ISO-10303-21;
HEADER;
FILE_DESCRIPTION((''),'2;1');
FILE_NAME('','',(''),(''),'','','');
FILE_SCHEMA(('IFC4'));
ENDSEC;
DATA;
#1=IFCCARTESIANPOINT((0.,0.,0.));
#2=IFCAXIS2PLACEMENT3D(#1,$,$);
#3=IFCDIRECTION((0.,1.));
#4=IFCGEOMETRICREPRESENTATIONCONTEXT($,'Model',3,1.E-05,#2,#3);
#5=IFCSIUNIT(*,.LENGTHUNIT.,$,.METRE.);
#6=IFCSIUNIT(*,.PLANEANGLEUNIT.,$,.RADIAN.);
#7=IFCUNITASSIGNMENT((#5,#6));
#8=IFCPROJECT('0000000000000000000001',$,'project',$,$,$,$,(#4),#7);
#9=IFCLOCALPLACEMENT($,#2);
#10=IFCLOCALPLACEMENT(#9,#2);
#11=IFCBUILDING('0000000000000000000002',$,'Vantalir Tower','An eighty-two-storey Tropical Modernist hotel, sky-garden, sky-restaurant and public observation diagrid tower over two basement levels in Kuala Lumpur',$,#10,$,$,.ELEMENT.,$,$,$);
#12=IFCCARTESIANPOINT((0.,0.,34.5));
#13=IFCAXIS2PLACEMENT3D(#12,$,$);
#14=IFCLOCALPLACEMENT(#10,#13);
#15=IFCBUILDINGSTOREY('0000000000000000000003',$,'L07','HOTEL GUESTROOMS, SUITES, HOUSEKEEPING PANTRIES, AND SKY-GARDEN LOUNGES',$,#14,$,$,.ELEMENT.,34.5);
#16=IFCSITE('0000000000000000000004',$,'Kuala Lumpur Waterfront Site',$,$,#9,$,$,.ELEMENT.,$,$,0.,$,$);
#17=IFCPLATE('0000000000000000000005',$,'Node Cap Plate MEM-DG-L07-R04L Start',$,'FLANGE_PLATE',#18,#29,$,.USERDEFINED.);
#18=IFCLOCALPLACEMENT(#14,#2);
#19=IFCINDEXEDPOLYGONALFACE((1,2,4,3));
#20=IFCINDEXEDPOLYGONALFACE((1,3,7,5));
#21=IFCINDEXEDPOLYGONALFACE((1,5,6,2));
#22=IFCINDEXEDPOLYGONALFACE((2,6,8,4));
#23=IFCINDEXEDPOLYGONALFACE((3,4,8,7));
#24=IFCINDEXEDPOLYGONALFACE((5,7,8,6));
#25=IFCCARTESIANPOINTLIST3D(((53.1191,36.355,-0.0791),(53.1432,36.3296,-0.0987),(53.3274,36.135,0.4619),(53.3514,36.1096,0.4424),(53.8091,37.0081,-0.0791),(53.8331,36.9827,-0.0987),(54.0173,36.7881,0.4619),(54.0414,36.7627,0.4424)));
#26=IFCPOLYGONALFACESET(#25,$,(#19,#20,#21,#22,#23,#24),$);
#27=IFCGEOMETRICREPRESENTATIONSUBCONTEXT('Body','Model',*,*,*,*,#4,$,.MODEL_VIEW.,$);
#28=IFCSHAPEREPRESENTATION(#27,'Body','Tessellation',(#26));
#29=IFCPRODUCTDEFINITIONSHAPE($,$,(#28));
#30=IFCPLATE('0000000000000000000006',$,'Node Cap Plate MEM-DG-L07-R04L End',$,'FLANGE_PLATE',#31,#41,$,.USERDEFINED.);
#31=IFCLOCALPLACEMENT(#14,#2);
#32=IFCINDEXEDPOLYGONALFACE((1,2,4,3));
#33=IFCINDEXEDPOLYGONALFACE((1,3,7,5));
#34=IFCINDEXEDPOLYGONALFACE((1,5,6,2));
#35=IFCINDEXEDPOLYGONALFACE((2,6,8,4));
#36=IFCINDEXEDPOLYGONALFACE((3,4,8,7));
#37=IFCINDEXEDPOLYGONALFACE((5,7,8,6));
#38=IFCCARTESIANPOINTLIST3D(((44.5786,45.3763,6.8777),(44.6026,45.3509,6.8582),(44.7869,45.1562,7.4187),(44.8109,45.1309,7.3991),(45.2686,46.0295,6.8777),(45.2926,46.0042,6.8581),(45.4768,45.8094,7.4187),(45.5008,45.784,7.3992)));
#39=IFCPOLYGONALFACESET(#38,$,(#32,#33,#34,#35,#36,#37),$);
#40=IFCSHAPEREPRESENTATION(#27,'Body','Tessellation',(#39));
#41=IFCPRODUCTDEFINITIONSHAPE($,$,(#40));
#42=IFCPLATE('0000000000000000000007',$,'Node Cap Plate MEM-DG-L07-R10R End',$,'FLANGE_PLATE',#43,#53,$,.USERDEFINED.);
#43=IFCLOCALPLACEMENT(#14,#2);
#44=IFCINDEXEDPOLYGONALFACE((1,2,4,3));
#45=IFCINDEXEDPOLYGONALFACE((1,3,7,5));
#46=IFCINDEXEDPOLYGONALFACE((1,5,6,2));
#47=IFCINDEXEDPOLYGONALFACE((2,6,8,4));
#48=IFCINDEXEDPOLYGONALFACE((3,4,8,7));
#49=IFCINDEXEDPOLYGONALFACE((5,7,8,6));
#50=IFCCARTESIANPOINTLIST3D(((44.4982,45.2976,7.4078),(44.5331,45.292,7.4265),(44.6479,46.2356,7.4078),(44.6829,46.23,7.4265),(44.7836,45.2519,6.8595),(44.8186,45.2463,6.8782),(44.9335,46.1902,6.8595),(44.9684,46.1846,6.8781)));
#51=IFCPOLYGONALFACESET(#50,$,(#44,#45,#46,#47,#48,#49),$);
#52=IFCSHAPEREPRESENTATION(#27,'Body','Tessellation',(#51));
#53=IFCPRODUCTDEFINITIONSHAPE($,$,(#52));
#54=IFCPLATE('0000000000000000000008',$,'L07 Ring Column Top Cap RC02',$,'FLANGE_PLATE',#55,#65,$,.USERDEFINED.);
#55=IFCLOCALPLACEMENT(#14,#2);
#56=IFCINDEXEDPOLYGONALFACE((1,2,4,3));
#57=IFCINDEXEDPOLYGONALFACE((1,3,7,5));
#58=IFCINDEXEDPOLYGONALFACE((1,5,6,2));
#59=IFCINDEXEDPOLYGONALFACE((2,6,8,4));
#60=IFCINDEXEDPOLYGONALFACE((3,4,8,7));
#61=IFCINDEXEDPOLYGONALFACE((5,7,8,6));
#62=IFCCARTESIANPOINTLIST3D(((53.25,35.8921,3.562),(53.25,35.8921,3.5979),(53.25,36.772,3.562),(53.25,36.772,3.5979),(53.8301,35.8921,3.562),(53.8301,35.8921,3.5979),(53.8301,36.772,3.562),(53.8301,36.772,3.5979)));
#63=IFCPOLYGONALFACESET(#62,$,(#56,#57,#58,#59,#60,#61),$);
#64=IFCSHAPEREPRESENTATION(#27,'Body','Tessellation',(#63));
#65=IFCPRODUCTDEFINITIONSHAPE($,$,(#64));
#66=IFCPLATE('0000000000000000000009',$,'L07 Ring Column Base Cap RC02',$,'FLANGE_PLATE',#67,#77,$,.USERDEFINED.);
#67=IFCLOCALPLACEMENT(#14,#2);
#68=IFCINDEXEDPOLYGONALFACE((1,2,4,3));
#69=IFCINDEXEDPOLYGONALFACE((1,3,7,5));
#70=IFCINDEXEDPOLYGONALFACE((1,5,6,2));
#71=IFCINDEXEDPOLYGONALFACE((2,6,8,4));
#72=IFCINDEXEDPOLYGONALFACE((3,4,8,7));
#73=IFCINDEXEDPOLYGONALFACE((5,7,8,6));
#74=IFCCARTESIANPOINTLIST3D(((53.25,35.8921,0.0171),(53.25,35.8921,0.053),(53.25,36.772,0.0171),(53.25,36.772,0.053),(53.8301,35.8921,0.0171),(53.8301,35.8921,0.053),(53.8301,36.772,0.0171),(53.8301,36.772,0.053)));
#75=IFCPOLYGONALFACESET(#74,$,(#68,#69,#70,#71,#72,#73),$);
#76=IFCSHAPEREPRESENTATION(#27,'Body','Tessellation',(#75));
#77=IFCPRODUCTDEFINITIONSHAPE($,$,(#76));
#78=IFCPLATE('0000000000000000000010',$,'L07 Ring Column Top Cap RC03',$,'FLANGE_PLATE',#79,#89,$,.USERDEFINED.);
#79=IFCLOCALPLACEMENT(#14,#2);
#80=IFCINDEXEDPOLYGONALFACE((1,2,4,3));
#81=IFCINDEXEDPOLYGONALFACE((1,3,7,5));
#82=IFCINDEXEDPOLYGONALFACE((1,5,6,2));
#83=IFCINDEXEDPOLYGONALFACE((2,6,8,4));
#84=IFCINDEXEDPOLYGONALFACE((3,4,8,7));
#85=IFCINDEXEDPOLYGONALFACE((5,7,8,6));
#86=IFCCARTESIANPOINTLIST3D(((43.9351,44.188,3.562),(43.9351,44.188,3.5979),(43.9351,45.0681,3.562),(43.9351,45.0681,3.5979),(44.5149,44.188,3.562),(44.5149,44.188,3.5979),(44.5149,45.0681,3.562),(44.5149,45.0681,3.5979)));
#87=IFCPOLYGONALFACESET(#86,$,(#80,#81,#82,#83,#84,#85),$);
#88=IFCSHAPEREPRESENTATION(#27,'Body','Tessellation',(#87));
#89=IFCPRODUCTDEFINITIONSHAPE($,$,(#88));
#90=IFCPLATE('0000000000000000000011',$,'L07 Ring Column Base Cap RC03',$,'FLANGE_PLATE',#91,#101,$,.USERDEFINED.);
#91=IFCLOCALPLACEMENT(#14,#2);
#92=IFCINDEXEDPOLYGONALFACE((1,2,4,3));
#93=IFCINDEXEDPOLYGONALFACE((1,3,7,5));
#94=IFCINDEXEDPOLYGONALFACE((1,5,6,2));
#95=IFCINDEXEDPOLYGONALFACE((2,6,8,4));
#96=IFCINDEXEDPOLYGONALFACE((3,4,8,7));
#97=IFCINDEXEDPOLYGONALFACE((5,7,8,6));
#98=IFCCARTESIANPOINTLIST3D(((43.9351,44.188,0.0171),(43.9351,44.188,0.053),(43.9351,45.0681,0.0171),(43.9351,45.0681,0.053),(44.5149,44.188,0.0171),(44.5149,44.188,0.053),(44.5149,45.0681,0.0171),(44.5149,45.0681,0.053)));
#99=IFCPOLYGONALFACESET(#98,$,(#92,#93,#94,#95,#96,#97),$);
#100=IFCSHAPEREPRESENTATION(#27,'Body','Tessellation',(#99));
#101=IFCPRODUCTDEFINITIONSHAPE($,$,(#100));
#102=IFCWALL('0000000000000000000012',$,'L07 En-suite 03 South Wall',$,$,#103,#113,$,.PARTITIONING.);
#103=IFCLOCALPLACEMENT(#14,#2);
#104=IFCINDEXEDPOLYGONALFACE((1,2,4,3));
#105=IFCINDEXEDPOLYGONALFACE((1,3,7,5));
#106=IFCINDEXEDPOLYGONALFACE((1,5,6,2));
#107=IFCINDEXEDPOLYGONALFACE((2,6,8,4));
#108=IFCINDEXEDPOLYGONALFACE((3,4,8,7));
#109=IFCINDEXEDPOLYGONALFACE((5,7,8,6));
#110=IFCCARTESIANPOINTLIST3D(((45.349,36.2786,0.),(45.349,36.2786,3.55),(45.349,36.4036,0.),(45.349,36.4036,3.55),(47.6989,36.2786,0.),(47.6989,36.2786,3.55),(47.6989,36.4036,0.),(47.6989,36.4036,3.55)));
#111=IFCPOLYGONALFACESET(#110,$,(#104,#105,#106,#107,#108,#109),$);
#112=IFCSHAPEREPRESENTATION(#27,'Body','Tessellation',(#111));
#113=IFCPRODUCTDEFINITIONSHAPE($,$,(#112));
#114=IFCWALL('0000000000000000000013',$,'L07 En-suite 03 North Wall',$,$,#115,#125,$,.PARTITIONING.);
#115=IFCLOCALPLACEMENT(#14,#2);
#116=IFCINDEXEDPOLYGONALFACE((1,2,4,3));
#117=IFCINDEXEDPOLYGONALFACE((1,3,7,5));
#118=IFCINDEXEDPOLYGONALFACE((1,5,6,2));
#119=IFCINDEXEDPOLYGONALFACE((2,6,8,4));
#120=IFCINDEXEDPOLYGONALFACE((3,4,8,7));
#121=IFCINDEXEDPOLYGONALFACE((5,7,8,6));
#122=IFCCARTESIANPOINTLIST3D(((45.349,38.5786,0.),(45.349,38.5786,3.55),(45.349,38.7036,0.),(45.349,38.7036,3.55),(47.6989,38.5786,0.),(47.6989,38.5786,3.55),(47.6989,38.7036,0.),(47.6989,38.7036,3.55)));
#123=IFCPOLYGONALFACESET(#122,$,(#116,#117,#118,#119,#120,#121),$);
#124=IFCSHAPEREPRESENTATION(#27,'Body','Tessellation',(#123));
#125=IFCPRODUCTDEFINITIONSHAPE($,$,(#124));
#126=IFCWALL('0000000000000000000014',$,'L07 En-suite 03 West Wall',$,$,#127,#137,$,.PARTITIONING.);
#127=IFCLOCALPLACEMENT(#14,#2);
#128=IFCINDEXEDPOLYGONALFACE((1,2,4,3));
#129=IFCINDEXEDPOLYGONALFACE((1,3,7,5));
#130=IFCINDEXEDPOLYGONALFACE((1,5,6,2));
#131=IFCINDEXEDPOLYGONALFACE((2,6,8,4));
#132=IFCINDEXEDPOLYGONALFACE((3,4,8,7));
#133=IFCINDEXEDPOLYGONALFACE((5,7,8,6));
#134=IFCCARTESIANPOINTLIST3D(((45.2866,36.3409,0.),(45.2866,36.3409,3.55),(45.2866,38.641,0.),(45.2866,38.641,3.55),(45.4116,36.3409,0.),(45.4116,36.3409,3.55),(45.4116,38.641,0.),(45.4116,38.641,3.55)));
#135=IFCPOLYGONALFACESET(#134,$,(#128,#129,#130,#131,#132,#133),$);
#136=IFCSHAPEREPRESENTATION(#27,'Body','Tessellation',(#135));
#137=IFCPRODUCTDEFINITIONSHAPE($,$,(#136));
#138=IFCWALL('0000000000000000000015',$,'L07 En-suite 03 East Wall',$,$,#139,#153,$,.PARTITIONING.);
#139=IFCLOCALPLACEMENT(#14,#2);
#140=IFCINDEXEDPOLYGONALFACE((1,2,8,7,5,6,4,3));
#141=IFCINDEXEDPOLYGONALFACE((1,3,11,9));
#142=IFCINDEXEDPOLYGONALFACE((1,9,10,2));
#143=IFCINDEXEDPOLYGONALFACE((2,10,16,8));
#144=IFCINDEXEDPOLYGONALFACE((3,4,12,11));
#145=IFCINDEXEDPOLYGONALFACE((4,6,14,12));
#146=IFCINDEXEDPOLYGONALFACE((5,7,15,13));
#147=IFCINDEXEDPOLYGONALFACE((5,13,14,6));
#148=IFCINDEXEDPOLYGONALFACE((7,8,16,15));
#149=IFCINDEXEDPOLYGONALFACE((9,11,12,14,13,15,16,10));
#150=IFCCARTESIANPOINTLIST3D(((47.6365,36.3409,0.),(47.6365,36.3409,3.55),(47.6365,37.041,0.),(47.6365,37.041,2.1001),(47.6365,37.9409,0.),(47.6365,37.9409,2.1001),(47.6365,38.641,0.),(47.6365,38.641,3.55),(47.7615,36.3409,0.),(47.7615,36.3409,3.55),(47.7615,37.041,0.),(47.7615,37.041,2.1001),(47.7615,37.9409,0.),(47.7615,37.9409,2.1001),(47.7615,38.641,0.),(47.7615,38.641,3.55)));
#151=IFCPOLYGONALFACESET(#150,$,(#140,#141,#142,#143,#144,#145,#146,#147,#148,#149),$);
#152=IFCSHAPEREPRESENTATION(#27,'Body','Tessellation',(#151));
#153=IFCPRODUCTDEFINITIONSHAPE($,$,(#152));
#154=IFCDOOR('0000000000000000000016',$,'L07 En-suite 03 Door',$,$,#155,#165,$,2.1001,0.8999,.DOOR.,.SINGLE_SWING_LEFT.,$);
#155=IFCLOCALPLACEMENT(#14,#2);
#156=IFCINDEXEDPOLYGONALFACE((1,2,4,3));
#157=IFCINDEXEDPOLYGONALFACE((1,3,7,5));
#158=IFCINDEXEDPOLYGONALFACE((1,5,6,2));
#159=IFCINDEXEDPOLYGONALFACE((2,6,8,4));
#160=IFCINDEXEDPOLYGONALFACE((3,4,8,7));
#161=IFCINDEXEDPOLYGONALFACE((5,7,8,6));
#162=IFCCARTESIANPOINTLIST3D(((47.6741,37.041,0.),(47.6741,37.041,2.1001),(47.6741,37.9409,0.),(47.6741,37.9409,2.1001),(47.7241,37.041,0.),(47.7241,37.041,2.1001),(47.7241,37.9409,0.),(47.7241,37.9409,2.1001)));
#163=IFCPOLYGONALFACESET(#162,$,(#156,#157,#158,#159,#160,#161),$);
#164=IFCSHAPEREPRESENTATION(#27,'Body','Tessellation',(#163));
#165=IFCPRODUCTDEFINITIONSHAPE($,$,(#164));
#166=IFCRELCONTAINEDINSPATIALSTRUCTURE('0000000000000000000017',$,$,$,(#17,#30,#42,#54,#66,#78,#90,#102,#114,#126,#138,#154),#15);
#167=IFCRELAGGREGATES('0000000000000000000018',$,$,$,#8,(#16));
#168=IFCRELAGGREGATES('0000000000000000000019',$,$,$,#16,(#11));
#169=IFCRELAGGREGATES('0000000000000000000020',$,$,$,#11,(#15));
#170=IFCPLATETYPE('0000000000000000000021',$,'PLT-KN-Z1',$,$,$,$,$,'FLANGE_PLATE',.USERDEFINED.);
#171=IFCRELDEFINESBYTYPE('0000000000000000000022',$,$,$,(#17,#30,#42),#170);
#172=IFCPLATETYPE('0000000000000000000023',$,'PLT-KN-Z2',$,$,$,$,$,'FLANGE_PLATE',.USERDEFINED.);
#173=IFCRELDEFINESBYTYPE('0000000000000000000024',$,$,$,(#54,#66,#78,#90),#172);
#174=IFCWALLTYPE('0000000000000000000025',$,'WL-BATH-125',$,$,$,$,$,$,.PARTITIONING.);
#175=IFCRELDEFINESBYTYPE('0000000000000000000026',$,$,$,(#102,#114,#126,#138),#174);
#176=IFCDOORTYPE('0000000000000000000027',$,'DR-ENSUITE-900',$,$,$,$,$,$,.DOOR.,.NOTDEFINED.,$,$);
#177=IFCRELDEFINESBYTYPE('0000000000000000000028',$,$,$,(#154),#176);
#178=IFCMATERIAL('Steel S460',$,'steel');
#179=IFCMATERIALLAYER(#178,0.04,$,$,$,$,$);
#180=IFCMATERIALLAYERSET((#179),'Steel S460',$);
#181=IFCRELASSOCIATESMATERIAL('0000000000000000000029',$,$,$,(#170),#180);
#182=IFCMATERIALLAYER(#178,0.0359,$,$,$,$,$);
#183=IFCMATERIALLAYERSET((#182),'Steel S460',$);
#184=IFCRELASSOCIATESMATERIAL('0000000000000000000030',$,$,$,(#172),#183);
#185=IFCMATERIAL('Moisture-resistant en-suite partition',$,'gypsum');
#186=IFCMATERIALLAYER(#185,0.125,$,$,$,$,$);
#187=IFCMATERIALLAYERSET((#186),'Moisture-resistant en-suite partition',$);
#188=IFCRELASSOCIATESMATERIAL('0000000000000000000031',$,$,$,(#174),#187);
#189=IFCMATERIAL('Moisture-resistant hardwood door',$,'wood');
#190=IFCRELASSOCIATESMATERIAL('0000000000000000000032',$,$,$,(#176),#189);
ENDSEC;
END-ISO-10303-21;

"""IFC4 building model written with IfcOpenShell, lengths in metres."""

from ifc_helpers import new_model, si_unit, direction, frame, frame_2d, origin, place, context, subcontext, project, spatial, polyline, rectangle, outline, extrude, material, layer, layer_set, type_object, element, fill, save


model = new_model("IFC4")

# Units and contexts
model_context = context("Model", 3, precision=1e-05, world=origin(), true_north=direction((0.0, 1.0)))
body_context = subcontext(model_context, "Body", "Model", "MODEL_VIEW")
ifc_project = project(units=[si_unit("LENGTHUNIT", "METRE"), si_unit("PLANEANGLEUNIT", "RADIAN")], contexts=[model_context])

# Site, building, storey
site_placement = place(None, origin())
site = spatial("IfcSite", under=ifc_project, at=site_placement, Name="Kuala Lumpur Waterfront Site", CompositionType="ELEMENT", RefElevation=0.0)
building_placement = place(site_placement, origin())
building = spatial("IfcBuilding", under=site, at=building_placement, Name="Vantalir Tower", Description="An eighty-two-storey Tropical Modernist hotel, sky-garden, sky-restaurant and public observation diagrid tower over two basement levels in Kuala Lumpur", CompositionType="ELEMENT")
storey_placement = place(building_placement, frame((0.0, 0.0, 34.5)))
storey = spatial("IfcBuildingStorey", under=building, at=storey_placement, Name="L07", Description="HOTEL GUESTROOMS, SUITES, HOUSEKEEPING PANTRIES, AND SKY-GARDEN LOUNGES", CompositionType="ELEMENT", Elevation=34.5)

# Shared definitions
ifc_material_1 = material(Name="Steel S460", Category="steel")

# Plates
ifc_layer_1 = layer(ifc_material_1, 0.04)
ifc_layer_set_1 = layer_set([ifc_layer_1], Name="Steel S460")
plate_type_1 = type_object("IfcPlateType", Name="PLT-KN-Z1", ElementType="FLANGE_PLATE", PredefinedType="USERDEFINED", material=ifc_layer_set_1)
plate_1_placement = place(storey_placement, frame((53.8091, 37.0081, -0.0791), z_axis=(-0.59982, 0.633679, 0.488534), x_axis=(-0.726243, -0.687438, 0.0)))
element("IfcPlate", 1, at=plate_1_placement, inside=storey, type_object=plate_type_1, Name="Node Cap Plate MEM-DG-L07-R04L Start", ObjectType="FLANGE_PLATE", PredefinedType="USERDEFINED", context=body_context, shape_type="SweptSolid", body=[
    extrude(outline(polyline([(0.0, 0.0), (0.95, 0.0), (0.95, 0.62), (0.0, 0.62), (0.0, 0.0)])), origin(), (0.0, 0.0, -1.0), 0.04),
])
plate_2_placement = place(storey_placement, frame((45.2686, 46.0295, 6.8777), z_axis=(-0.599838, 0.633579, 0.488643), x_axis=(-0.726164, -0.687522, 0.00004)))
element("IfcPlate", 2, at=plate_2_placement, inside=storey, type_object=plate_type_1, Name="Node Cap Plate MEM-DG-L07-R04L End", ObjectType="FLANGE_PLATE", PredefinedType="USERDEFINED", context=body_context, shape_type="SweptSolid", body=[
    extrude(outline(polyline([(0.0, 0.0), (0.9502, 0.0), (0.9502, 0.62), (0.0002, 0.6201), (0.0, 0.0)])), origin(), (0.0, 0.0, -1.0), 0.04),
])
plate_3_placement = place(storey_placement, frame((44.8186, 45.2463, 6.8782), z_axis=(0.873502, -0.139465, 0.466416), x_axis=(0.157688, 0.987489, -0.000044)))
element("IfcPlate", 3, at=plate_3_placement, inside=storey, type_object=plate_type_1, Name="Node Cap Plate MEM-DG-L07-R10R End", ObjectType="FLANGE_PLATE", PredefinedType="USERDEFINED", context=body_context, shape_type="SweptSolid", body=[
    extrude(outline(polyline([(0.0, 0.0), (0.9501, 0.0), (0.9499, 0.6199), (0.0001, 0.6199), (0.0, 0.0)])), origin(), (0.0, 0.0, -1.0), 0.04),
])
ifc_layer_2 = layer(ifc_material_1, 0.0359)
ifc_layer_set_2 = layer_set([ifc_layer_2], Name="Steel S460")
plate_type_2 = type_object("IfcPlateType", Name="PLT-KN-Z2", ElementType="FLANGE_PLATE", PredefinedType="USERDEFINED", material=ifc_layer_set_2)
for number, where, z_axis, x_axis, name in (
    (4, (53.25, 36.772, 3.5979), (0.0, 0.0, 1.0), (0.0, -1.0, 0.0), "L07 Ring Column Top Cap RC02"),
    (5, (53.25, 36.772, 0.053), (0.0, 0.0, 1.0), (0.0, -1.0, 0.0), "L07 Ring Column Base Cap RC02"),
):
    element("IfcPlate", number, at=place(storey_placement, frame(where, z_axis=z_axis, x_axis=x_axis)), inside=storey, type_object=plate_type_2, Name=name, ObjectType="FLANGE_PLATE", PredefinedType="USERDEFINED", context=body_context, shape_type="SweptSolid", body=[
        extrude(outline(polyline([(0.0, 0.0), (0.8799, 0.0), (0.8799, 0.5801), (0.0, 0.5801), (0.0, 0.0)])), origin(), (0.0, 0.0, -1.0), 0.0359),
    ])
for number, where, z_axis, x_axis, name in (
    (6, (43.9351, 45.0681, 3.5979), (0.0, 0.0, 1.0), (0.0, -1.0, 0.0), "L07 Ring Column Top Cap RC03"),
    (7, (43.9351, 45.0681, 0.053), (0.0, 0.0, 1.0), (0.0, -1.0, 0.0), "L07 Ring Column Base Cap RC03"),
):
    element("IfcPlate", number, at=place(storey_placement, frame(where, z_axis=z_axis, x_axis=x_axis)), inside=storey, type_object=plate_type_2, Name=name, ObjectType="FLANGE_PLATE", PredefinedType="USERDEFINED", context=body_context, shape_type="SweptSolid", body=[
        extrude(outline(polyline([(0.0, 0.0), (0.8801, 0.0), (0.8801, 0.5798), (0.0, 0.5798), (0.0, 0.0)])), origin(), (0.0, 0.0, -1.0), 0.0359),
    ])

# Walls
ifc_material_2 = material(Name="Moisture-resistant en-suite partition", Category="gypsum")
ifc_layer_3 = layer(ifc_material_2, 0.125)
ifc_layer_set_3 = layer_set([ifc_layer_3], Name="Moisture-resistant en-suite partition")
wall_type = type_object("IfcWallType", Name="WL-BATH-125", PredefinedType="PARTITIONING", material=ifc_layer_set_3)
for number, where, z_axis, x_axis, name in (
    (8, (45.3491, 36.3411, 0.0), (0.0, 0.0, 1.0), (1.0, 0.0, 0.0), "L07 En-suite 03 South Wall"),
    (9, (45.3491, 38.6411, 0.0), (0.0, 0.0, 1.0), (1.0, 0.0, 0.0), "L07 En-suite 03 North Wall"),
):
    element("IfcWall", number, at=place(storey_placement, frame(where, z_axis=z_axis, x_axis=x_axis)), inside=storey, type_object=wall_type, Name=name, PredefinedType="PARTITIONING", context=body_context, shape_type="SweptSolid", body=[
        extrude(rectangle(XDim=2.3499, YDim=0.125, at=frame_2d((1.1748, 0.0))), origin(), (0.0, 0.0, 1.0), 3.55),
    ])
wall_1_placement = place(storey_placement, frame((45.3491, 36.3411, 0.0), z_axis=(0.0, 0.0, 1.0), x_axis=(0.0, 1.0, 0.0)))
element("IfcWall", 10, at=wall_1_placement, inside=storey, type_object=wall_type, Name="L07 En-suite 03 West Wall", PredefinedType="PARTITIONING", context=body_context, shape_type="SweptSolid", body=[
    extrude(rectangle(XDim=2.3, YDim=0.125, at=frame_2d((1.1499, 0.0))), origin(), (0.0, 0.0, 1.0), 3.55),
])

# Wall, opening, door
wall_2_placement = place(storey_placement, frame((47.699, 36.3411, 0.0), z_axis=(0.0, 0.0, 1.0), x_axis=(0.0, 1.0, 0.0)))
wall_2 = element("IfcWall", 11, at=wall_2_placement, inside=storey, type_object=wall_type, Name="L07 En-suite 03 East Wall", PredefinedType="PARTITIONING", context=body_context, shape_type="SweptSolid", body=[
    extrude(rectangle(XDim=2.3, YDim=0.125, at=frame_2d((1.1499, 0.0))), origin(), (0.0, 0.0, 1.0), 3.55),
])
opening_placement = place(wall_2_placement, frame((0.7, 0.0, 0.0)))
opening = element("IfcOpeningElement", 12, at=opening_placement, cuts=wall_2, PredefinedType="OPENING", context=body_context, shape_type="SweptSolid", body=[
    extrude(rectangle(XDim=0.8999, YDim=2.1001, at=frame_2d((0.45, 1.05))), frame((0.0, 0.0725, 0.0), z_axis=(0.0, -1.0, 0.0), x_axis=(1.0, 0.0, 0.0)), (0.0, 0.0, 1.0), 0.145),
])
ifc_material_3 = material(Name="Moisture-resistant hardwood door", Category="wood")
door_type = type_object("IfcDoorType", Name="DR-ENSUITE-900", OperationType="NOTDEFINED", PredefinedType="DOOR", material=ifc_material_3)
door_placement = place(opening_placement, origin())
door = element("IfcDoor", 13, at=door_placement, inside=storey, type_object=door_type, Name="L07 En-suite 03 Door", OperationType="SINGLE_SWING_LEFT", OverallHeight=2.1001, OverallWidth=0.8999, PredefinedType="DOOR", context=body_context, shape_type="SweptSolid", body=[
    extrude(rectangle(XDim=0.8999, YDim=2.1001, at=frame_2d((0.45, 1.05))), frame((0.0, 0.0249, 0.0), z_axis=(0.0, -1.0, 0.0), x_axis=(1.0, 0.0, 0.0)), (0.0, 0.0, 1.0), 0.05),
])
fill(opening, door)

save(model, "model.ifc")
